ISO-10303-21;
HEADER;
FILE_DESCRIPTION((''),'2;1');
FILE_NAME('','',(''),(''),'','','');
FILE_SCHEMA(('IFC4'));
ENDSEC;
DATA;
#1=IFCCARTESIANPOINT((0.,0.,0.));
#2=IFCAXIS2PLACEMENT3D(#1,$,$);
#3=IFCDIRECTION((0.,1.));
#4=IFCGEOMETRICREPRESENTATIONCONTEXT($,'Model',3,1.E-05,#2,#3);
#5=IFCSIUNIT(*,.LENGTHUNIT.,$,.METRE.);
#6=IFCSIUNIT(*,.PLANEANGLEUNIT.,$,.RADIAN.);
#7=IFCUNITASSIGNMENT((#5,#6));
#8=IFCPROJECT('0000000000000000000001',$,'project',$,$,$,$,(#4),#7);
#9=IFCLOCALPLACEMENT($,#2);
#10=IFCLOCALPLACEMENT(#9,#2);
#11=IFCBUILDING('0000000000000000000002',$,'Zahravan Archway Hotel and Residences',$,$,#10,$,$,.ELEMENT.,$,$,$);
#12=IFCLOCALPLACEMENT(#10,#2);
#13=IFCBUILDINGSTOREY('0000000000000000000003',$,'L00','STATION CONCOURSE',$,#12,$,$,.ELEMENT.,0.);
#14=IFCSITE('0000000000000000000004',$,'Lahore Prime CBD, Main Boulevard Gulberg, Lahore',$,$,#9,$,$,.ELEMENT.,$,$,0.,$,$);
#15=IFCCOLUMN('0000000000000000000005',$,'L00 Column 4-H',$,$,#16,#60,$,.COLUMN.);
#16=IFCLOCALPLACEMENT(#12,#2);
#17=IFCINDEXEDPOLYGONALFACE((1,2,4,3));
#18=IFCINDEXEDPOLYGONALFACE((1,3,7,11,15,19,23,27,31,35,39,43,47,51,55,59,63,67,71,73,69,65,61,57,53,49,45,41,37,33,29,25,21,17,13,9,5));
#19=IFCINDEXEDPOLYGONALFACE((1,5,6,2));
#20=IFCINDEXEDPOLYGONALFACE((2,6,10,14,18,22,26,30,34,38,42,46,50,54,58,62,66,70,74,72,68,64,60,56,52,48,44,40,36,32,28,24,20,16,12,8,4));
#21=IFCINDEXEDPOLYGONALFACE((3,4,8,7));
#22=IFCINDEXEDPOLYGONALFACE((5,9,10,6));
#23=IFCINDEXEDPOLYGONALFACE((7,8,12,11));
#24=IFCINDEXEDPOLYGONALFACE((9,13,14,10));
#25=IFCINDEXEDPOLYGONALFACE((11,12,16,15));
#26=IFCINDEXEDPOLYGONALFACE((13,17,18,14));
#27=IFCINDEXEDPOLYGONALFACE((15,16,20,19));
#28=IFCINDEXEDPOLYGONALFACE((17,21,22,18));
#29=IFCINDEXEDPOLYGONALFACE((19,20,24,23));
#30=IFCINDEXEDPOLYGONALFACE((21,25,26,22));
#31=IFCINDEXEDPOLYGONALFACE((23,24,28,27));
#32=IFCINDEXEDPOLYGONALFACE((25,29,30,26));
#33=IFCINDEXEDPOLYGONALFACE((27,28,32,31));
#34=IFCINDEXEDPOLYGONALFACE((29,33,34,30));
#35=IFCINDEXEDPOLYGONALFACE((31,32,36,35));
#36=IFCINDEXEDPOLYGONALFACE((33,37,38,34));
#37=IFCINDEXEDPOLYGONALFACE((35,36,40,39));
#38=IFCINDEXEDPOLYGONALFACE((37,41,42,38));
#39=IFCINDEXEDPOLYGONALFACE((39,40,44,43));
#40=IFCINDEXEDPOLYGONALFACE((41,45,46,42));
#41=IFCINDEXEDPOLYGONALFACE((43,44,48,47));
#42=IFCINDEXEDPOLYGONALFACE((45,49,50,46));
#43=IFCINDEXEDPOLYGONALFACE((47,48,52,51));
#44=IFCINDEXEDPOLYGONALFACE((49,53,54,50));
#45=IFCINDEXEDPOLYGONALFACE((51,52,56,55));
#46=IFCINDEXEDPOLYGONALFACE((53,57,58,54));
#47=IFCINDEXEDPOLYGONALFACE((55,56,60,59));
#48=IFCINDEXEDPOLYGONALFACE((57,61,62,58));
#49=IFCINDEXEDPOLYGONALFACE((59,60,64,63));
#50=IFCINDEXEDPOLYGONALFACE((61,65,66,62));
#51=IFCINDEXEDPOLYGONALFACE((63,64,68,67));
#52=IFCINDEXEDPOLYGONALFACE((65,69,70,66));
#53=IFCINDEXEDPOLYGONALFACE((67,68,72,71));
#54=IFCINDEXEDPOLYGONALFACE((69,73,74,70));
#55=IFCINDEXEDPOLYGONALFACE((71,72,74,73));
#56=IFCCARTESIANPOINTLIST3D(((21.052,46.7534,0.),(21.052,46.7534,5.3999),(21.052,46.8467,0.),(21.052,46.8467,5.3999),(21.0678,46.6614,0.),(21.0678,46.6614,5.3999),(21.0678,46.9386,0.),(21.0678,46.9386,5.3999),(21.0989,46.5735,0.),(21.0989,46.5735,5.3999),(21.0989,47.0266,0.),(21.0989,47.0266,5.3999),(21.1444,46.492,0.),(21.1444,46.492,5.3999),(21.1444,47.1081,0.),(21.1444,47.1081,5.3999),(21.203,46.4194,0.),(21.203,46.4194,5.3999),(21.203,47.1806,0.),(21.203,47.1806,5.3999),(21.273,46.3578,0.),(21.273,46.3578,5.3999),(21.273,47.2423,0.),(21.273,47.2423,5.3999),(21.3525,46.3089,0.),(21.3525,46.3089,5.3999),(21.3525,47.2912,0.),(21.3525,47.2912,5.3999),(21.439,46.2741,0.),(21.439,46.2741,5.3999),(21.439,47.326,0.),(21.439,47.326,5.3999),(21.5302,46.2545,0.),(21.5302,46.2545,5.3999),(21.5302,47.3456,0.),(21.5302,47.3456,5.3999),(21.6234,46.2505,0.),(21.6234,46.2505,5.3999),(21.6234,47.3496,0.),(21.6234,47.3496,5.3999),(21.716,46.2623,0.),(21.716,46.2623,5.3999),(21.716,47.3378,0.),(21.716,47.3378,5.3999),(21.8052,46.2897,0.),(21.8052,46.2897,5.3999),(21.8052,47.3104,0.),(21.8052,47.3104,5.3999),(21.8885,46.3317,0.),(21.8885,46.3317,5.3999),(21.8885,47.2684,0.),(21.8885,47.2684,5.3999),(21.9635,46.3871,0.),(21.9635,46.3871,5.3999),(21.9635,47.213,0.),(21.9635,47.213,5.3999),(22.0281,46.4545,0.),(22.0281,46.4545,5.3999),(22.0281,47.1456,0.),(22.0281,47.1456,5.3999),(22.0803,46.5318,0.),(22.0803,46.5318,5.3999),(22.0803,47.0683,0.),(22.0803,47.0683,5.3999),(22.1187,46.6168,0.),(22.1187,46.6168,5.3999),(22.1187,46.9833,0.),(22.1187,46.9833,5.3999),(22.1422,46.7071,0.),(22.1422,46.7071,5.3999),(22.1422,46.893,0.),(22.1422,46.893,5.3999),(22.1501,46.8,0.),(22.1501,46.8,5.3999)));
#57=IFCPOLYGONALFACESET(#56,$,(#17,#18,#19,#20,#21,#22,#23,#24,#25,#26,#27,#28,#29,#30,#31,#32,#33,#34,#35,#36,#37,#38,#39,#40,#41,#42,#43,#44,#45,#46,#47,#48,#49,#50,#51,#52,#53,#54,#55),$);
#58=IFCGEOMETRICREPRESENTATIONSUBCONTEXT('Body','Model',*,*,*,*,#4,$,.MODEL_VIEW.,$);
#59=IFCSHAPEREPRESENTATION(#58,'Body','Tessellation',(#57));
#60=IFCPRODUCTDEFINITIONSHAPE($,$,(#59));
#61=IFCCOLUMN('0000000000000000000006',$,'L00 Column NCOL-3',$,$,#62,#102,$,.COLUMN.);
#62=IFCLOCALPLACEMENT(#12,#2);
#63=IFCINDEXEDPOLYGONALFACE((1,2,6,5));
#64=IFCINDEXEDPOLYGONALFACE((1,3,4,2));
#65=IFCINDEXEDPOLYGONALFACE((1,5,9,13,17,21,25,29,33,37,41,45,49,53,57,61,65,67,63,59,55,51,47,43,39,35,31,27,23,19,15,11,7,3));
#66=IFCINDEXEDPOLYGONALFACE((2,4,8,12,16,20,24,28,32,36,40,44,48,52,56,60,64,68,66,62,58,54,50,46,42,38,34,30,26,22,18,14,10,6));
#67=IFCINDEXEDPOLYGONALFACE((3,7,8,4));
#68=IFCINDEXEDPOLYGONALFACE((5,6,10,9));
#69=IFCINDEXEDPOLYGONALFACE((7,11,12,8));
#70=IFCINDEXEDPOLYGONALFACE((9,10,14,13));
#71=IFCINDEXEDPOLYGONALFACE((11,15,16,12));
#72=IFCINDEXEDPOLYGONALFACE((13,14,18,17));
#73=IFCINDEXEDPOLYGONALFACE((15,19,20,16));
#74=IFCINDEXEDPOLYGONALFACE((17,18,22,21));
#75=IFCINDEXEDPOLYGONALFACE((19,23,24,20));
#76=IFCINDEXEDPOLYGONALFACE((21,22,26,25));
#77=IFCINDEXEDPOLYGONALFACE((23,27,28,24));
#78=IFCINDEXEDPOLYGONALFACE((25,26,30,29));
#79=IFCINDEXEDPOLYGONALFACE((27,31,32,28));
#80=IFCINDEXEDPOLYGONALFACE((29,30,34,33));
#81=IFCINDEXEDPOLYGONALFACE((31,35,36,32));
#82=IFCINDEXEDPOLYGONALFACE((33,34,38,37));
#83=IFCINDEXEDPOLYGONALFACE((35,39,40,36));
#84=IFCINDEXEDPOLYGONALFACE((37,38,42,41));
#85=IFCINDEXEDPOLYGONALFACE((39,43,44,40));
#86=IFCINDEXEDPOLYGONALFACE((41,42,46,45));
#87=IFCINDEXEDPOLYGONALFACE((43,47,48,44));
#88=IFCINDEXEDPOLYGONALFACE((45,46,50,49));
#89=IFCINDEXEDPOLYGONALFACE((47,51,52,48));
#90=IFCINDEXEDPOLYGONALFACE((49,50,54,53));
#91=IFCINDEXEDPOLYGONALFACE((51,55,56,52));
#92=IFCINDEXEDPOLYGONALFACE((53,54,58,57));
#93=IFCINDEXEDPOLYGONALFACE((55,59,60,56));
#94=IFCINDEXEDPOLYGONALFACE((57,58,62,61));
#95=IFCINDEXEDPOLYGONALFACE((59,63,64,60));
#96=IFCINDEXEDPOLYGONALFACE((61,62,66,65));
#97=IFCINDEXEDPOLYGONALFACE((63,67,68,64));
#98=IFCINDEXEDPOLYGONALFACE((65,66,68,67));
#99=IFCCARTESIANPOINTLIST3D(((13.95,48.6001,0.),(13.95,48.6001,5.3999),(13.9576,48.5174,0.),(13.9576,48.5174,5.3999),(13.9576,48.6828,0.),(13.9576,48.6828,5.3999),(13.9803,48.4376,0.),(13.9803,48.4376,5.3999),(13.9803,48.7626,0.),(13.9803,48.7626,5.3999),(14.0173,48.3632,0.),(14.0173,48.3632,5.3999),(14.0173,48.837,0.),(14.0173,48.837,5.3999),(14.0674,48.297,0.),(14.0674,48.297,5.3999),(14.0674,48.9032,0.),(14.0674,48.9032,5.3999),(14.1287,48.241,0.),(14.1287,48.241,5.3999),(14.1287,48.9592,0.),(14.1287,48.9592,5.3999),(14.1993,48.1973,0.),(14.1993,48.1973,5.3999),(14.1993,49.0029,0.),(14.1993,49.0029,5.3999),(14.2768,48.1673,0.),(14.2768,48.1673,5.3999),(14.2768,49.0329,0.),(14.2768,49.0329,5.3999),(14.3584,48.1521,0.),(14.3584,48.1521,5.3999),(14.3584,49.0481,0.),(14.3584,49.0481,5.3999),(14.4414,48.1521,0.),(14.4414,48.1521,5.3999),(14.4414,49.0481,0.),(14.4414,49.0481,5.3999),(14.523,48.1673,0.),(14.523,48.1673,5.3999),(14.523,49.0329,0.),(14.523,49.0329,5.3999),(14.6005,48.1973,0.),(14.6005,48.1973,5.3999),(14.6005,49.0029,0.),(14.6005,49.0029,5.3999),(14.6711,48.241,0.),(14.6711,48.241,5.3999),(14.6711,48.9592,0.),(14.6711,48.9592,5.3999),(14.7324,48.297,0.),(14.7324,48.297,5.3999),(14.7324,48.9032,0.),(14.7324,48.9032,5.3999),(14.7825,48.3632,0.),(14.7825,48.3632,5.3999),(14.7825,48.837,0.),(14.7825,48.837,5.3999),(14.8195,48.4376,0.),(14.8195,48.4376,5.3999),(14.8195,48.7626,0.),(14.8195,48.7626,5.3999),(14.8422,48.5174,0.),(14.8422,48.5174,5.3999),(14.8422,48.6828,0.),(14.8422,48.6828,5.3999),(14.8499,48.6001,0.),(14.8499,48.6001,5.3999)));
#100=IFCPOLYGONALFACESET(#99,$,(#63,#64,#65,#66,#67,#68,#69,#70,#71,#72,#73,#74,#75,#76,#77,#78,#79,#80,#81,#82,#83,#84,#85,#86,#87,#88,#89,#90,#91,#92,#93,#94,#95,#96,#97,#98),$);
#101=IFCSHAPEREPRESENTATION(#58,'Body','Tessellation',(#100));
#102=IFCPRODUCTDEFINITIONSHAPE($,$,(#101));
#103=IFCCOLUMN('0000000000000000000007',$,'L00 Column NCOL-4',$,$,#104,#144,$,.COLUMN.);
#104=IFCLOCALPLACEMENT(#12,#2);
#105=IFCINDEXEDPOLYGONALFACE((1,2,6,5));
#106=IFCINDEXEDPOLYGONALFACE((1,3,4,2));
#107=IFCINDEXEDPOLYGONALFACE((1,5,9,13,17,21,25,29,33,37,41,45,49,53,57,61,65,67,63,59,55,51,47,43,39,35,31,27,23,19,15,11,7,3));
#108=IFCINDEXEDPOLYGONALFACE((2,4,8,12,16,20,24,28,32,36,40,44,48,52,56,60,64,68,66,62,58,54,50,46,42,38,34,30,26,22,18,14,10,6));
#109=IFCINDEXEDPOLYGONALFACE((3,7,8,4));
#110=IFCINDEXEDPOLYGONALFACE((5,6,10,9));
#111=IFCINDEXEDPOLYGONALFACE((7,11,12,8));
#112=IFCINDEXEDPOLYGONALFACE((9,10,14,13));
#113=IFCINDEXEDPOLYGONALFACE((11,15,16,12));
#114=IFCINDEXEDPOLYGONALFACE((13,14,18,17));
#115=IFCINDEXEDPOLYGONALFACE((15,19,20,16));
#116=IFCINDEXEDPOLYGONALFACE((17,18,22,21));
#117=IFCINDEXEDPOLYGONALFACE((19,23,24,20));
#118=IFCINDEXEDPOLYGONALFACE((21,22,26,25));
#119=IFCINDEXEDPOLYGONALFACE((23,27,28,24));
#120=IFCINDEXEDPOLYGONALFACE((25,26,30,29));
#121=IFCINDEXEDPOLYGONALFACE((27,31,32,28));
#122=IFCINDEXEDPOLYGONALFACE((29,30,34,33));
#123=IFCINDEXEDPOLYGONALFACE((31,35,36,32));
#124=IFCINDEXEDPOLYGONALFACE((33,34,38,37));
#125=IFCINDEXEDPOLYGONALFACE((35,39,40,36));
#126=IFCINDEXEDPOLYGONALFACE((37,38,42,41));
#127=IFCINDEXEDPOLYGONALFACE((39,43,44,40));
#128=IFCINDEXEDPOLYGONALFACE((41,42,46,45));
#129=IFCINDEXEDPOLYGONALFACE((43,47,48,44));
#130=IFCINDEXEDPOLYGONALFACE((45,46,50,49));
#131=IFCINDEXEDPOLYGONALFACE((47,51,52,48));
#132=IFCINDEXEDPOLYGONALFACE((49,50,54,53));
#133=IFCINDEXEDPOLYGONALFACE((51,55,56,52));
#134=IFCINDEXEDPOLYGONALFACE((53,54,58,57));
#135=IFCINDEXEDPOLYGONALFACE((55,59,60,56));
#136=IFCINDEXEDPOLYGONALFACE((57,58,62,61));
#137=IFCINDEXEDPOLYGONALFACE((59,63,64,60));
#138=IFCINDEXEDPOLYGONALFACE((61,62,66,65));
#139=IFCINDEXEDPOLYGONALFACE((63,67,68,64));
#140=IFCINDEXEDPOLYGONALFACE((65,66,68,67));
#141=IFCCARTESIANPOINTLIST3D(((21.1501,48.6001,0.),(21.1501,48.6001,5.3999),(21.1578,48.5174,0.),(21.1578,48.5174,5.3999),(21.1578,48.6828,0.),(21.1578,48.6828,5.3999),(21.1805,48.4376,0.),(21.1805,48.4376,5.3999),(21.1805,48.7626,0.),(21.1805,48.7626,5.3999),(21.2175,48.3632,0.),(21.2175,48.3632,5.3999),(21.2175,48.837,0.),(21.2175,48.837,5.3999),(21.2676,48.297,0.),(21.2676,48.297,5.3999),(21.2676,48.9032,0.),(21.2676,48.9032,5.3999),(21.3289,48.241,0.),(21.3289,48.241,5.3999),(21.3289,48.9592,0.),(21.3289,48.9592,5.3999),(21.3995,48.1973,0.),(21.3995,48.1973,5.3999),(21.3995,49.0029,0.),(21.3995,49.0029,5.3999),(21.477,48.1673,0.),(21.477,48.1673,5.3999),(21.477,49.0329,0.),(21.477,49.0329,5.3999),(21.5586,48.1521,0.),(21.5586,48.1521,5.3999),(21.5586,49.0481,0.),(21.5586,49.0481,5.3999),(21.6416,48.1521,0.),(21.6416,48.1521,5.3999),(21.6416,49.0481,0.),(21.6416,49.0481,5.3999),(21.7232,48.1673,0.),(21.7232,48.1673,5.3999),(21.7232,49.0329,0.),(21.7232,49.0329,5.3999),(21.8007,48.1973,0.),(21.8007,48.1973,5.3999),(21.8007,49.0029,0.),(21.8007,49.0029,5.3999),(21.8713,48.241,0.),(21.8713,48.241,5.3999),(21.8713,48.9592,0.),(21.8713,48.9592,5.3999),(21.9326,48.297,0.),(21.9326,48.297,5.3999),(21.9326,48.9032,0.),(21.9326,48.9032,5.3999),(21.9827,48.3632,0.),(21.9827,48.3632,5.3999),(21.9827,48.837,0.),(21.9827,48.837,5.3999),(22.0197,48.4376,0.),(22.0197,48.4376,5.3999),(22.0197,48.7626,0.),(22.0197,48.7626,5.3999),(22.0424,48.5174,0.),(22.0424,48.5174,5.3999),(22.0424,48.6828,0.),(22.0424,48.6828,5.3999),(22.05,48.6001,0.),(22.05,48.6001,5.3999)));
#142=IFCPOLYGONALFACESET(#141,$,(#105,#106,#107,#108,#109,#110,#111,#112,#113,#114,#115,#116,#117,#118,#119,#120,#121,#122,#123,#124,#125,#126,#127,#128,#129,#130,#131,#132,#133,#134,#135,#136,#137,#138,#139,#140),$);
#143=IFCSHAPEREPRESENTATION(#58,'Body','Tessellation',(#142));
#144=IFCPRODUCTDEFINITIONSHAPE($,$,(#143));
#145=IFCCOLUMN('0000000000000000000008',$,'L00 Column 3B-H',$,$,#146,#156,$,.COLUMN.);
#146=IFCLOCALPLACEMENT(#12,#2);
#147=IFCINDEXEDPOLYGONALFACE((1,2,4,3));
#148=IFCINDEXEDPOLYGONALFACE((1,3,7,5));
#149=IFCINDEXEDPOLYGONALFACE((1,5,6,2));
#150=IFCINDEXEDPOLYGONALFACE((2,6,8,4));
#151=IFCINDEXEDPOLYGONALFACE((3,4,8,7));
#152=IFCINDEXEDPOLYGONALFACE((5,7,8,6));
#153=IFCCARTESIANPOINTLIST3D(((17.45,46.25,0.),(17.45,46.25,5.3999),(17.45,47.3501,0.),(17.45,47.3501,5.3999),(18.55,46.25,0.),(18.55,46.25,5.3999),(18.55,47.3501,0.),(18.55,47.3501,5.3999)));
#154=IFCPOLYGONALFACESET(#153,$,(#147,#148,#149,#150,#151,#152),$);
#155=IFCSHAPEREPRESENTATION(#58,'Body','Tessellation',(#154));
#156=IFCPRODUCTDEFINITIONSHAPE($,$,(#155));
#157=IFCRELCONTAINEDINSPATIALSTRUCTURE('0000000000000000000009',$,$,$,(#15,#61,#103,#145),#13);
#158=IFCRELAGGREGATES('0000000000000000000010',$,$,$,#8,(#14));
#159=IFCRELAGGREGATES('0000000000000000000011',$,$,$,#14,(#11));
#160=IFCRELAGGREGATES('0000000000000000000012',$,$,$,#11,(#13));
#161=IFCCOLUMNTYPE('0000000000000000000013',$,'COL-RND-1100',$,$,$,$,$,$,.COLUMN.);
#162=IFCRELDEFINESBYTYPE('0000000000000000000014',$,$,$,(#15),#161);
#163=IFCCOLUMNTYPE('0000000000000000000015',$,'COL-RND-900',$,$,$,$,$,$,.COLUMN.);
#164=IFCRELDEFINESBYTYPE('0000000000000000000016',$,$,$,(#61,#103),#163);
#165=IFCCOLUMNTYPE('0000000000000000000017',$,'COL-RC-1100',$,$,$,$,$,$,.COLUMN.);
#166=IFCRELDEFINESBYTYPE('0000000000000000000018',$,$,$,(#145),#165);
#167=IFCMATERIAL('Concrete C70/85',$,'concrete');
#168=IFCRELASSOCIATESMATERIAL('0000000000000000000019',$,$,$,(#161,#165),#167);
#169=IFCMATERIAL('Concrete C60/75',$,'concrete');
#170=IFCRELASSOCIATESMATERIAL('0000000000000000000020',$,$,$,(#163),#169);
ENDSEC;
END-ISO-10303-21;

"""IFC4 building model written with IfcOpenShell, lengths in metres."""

from ifc_helpers import new_model, si_unit, direction, frame, origin, origin_2d, place, context, subcontext, project, spatial, rectangle, circle, extrude, source, transform, mapped, material, material_profile, profile_set, type_object, type_shapes, element, save


model = new_model("IFC4")

# Units and contexts
model_context = context("Model", 3, precision=1e-05, world=origin(), true_north=direction((0.0, 1.0)))
body_context = subcontext(model_context, "Body", "Model", "MODEL_VIEW")
ifc_project = project(units=[si_unit("LENGTHUNIT", "METRE"), si_unit("PLANEANGLEUNIT", "RADIAN")], contexts=[model_context])

# Site, building, storey
site_placement = place(None, origin())
site = spatial("IfcSite", under=ifc_project, at=site_placement, Name="Lahore Prime CBD, Main Boulevard Gulberg, Lahore", CompositionType="ELEMENT", RefElevation=0.0)
building_placement = place(site_placement, origin())
building = spatial("IfcBuilding", under=site, at=building_placement, Name="Zahravan Archway Hotel and Residences", CompositionType="ELEMENT")
storey_placement = place(building_placement, origin())
storey = spatial("IfcBuildingStorey", under=building, at=storey_placement, Name="L00", Description="STATION CONCOURSE", CompositionType="ELEMENT", Elevation=0.0)

# Columns
ifc_material_1 = material(Name="Concrete C70/85", Category="concrete")
ifc_material_profile_1 = material_profile(ifc_material_1, circle(Radius=0.55, at=origin_2d()), Name="RC-CIRC-1100", Category="concrete")
ifc_profile_set_1 = profile_set([ifc_material_profile_1], Name="Concrete C70/85")
column_type_1 = type_object("IfcColumnType", Name="COL-RND-1100", PredefinedType="COLUMN", material=ifc_profile_set_1)
shared_shape_1 = source(origin(), body_context, "Body", "SweptSolid", [
    extrude(circle(Radius=0.55, at=origin_2d()), origin(), (0.0, 0.0, 1.0), 5.3999),
])
type_shapes(column_type_1, [shared_shape_1])
column_1_placement = place(storey_placement, frame((21.6001, 46.8, 0.0), z_axis=(0.0, 0.0, 1.0), x_axis=(1.0, 0.0, 0.0)))
element("IfcColumn", 1, at=column_1_placement, inside=storey, type_object=column_type_1, Name="L00 Column 4-H", PredefinedType="COLUMN", context=body_context, shape_type="MappedRepresentation", body=[
    mapped(shared_shape_1, transform((0.0, 0.0, 0.0), scale=1.0)),
])
ifc_material_2 = material(Name="Concrete C60/75", Category="concrete")
ifc_material_profile_2 = material_profile(ifc_material_2, circle(Radius=0.45, at=origin_2d()), Name="RC-CIRC-900", Category="concrete")
ifc_profile_set_2 = profile_set([ifc_material_profile_2], Name="Concrete C60/75")
column_type_2 = type_object("IfcColumnType", Name="COL-RND-900", PredefinedType="COLUMN", material=ifc_profile_set_2)
shared_shape_2 = source(origin(), body_context, "Body", "SweptSolid", [
    extrude(circle(Radius=0.45, at=origin_2d()), origin(), (0.0, 0.0, 1.0), 5.3999),
])
type_shapes(column_type_2, [shared_shape_2])
for number, where, z_axis, x_axis, name in (
    (2, (14.3999, 48.6001, 0.0), (0.0, 0.0, 1.0), (1.0, 0.0, 0.0), "L00 Column NCOL-3"),
    (3, (21.6001, 48.6001, 0.0), (0.0, 0.0, 1.0), (1.0, 0.0, 0.0), "L00 Column NCOL-4"),
):
    element("IfcColumn", number, at=place(storey_placement, frame(where, z_axis=z_axis, x_axis=x_axis)), inside=storey, type_object=column_type_2, Name=name, PredefinedType="COLUMN", context=body_context, shape_type="MappedRepresentation", body=[
        mapped(shared_shape_2, transform((0.0, 0.0, 0.0), scale=1.0)),
    ])
ifc_material_profile_3 = material_profile(ifc_material_1, rectangle(XDim=1.1001, YDim=1.1001, at=origin_2d()), Name="RC 1100x1100", Category="concrete")
ifc_profile_set_3 = profile_set([ifc_material_profile_3], Name="Concrete C70/85")
column_type_3 = type_object("IfcColumnType", Name="COL-RC-1100", PredefinedType="COLUMN", material=ifc_profile_set_3)
shared_shape_3 = source(origin(), body_context, "Body", "SweptSolid", [
    extrude(rectangle(XDim=1.1001, YDim=1.1001, at=origin_2d()), origin(), (0.0, 0.0, 1.0), 5.3999),
])
column_2_placement = place(storey_placement, frame((18.0, 46.8, 0.0), z_axis=(0.0, 0.0, 1.0), x_axis=(1.0, 0.0, 0.0)))
element("IfcColumn", 4, at=column_2_placement, inside=storey, type_object=column_type_3, Name="L00 Column 3B-H", PredefinedType="COLUMN", context=body_context, shape_type="MappedRepresentation", body=[
    mapped(shared_shape_3, transform((0.0, 0.0, 0.0), scale=1.0)),
])

save(model, "model.ifc")
